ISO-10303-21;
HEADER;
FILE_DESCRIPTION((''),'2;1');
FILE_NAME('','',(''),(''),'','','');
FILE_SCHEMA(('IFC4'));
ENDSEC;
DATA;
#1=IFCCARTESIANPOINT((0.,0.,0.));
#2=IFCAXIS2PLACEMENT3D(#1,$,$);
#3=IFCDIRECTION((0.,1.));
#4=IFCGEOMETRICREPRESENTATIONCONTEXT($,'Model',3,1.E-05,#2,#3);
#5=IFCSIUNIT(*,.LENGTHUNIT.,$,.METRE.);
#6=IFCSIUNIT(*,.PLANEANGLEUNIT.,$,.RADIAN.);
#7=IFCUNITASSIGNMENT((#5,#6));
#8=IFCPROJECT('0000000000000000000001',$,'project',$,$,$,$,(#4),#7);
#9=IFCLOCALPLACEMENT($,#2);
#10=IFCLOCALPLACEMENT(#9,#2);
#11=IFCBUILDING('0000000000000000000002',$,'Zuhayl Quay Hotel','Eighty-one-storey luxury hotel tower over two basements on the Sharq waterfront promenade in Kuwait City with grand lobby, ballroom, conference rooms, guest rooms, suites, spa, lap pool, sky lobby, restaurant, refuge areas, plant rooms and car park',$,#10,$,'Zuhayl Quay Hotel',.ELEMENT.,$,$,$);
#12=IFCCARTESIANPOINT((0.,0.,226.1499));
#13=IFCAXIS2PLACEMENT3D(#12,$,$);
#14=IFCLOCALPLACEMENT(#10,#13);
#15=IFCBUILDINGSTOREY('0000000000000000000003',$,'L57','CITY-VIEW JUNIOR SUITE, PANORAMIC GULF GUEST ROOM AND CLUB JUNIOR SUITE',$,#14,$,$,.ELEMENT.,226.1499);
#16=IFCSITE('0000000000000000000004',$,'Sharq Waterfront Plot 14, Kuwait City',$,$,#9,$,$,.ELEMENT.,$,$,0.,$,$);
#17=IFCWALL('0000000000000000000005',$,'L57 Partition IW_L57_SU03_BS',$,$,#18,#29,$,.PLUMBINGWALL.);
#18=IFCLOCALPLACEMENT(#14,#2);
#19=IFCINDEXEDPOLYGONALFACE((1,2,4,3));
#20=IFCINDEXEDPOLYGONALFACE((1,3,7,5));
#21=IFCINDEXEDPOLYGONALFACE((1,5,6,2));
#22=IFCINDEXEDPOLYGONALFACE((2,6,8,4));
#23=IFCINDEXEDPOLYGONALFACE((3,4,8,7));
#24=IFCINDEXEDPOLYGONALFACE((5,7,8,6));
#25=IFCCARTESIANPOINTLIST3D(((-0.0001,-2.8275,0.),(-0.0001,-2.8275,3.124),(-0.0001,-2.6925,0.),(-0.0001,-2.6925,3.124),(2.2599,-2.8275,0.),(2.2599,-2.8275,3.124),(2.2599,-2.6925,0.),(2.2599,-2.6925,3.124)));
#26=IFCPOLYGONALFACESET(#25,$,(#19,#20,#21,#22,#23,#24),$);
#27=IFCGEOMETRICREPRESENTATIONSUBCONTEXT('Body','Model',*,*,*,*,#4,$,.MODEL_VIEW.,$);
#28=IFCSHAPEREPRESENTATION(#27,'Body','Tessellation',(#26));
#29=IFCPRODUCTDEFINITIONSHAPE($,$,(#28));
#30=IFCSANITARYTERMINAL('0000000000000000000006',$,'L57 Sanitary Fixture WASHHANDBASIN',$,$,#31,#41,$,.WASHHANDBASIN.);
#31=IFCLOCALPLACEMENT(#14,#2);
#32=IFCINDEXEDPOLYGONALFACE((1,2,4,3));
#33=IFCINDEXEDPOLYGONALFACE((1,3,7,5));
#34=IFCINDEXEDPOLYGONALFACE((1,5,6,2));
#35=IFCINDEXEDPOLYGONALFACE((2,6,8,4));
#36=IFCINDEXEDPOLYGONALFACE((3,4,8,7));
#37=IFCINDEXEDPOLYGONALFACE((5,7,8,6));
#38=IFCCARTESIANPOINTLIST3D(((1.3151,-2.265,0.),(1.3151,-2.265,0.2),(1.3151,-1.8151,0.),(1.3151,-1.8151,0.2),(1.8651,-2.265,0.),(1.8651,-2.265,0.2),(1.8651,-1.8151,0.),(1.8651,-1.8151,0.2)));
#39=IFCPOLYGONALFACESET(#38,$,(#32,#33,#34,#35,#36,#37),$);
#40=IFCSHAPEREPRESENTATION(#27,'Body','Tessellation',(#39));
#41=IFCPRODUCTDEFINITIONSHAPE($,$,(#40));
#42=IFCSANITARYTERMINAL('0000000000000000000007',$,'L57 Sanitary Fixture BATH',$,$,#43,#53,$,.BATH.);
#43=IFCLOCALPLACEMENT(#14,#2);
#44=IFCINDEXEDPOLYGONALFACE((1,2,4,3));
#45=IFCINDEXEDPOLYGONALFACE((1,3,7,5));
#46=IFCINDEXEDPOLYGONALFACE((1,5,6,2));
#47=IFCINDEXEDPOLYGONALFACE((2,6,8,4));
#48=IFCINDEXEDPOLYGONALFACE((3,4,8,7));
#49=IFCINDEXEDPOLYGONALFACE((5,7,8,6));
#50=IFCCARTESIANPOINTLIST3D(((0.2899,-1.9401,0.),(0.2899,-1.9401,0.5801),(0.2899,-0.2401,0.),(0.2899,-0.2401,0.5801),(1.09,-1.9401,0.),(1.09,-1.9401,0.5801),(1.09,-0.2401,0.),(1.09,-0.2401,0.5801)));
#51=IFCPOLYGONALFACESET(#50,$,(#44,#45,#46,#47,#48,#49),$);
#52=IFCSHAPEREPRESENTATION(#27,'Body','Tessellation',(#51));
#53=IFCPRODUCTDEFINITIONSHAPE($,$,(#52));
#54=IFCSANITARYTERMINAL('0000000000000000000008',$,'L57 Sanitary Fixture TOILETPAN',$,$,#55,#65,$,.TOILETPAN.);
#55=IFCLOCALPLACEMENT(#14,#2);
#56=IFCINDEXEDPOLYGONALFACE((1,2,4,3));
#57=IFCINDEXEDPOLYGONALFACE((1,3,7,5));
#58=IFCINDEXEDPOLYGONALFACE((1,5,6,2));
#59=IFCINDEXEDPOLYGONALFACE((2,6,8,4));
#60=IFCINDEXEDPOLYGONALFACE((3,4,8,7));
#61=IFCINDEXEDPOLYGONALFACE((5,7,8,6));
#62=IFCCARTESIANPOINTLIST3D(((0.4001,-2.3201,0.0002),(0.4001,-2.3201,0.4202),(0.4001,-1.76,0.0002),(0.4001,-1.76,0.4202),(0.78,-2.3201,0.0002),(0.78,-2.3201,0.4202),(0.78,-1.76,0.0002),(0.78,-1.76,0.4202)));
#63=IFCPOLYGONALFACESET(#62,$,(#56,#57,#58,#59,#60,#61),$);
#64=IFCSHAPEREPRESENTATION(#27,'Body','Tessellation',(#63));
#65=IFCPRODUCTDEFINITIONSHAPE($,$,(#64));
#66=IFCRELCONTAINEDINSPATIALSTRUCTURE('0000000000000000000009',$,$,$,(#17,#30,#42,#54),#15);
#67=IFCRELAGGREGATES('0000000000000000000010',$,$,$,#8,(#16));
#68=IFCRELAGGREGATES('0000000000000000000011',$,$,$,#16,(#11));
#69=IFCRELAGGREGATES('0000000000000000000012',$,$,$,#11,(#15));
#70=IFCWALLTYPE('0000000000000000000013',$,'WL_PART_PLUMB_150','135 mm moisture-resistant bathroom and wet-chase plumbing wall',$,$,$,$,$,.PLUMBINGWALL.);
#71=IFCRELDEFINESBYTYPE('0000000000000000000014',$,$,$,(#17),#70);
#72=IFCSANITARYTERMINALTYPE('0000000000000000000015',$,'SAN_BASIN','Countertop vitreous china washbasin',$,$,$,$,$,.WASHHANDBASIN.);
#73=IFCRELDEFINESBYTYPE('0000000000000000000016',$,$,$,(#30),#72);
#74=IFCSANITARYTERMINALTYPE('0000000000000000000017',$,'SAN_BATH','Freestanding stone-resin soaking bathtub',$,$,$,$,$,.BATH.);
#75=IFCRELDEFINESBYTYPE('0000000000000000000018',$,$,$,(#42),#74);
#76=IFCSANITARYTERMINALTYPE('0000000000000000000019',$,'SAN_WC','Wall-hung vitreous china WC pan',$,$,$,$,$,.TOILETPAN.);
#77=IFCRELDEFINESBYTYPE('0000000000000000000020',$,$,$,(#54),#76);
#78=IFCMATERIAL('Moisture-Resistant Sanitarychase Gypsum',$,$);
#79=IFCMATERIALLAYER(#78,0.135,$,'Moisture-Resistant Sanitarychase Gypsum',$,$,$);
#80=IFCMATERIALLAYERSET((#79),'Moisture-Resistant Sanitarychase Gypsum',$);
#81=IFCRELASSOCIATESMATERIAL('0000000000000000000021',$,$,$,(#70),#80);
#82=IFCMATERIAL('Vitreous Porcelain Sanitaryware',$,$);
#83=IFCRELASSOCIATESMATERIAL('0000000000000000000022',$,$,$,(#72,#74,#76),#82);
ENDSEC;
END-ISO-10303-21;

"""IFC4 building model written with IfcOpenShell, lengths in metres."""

from ifc_helpers import new_model, si_unit, direction, frame, frame_2d, origin, origin_2d, place, context, subcontext, project, spatial, rectangle, extrude, material, layer, layer_set, type_object, element, save


model = new_model("IFC4")

# Units and contexts
model_context = context("Model", 3, precision=1e-05, world=origin(), true_north=direction((0.0, 1.0)))
body_context = subcontext(model_context, "Body", "Model", "MODEL_VIEW")
ifc_project = project(units=[si_unit("LENGTHUNIT", "METRE"), si_unit("PLANEANGLEUNIT", "RADIAN")], contexts=[model_context])

# Site, building, storey
site_placement = place(None, origin())
site = spatial("IfcSite", under=ifc_project, at=site_placement, Name="Sharq Waterfront Plot 14, Kuwait City", CompositionType="ELEMENT", RefElevation=0.0)
building_placement = place(site_placement, origin())
building = spatial("IfcBuilding", under=site, at=building_placement, Name="Zuhayl Quay Hotel", Description="Eighty-one-storey luxury hotel tower over two basements on the Sharq waterfront promenade in Kuwait City with grand lobby, ballroom, conference rooms, guest rooms, suites, spa, lap pool, sky lobby, restaurant, refuge areas, plant rooms and car park", LongName="Zuhayl Quay Hotel", CompositionType="ELEMENT")
storey_placement = place(building_placement, frame((0.0, 0.0, 226.1499)))
storey = spatial("IfcBuildingStorey", under=building, at=storey_placement, Name="L57", Description="CITY-VIEW JUNIOR SUITE, PANORAMIC GULF GUEST ROOM AND CLUB JUNIOR SUITE", CompositionType="ELEMENT", Elevation=226.1499)

# Shared definitions
ifc_material_1 = material(Name="Moisture-Resistant Sanitarychase Gypsum")
ifc_layer_1 = layer(ifc_material_1, 0.135, Name="Moisture-Resistant Sanitarychase Gypsum")
ifc_layer_set_1 = layer_set([ifc_layer_1], Name="Moisture-Resistant Sanitarychase Gypsum")
wall_type_1 = type_object("IfcWallType", Name="WL_PART_PLUMB_150", Description="135 mm moisture-resistant bathroom and wet-chase plumbing wall", PredefinedType="PLUMBINGWALL", material=ifc_layer_set_1)

# Wall
wall_1_placement = place(storey_placement, frame((0.0, -2.76, 0.0), z_axis=(0.0, 0.0, 1.0), x_axis=(1.0, 0.0, 0.0)))
element("IfcWall", 1, at=wall_1_placement, inside=storey, type_object=wall_type_1, Name="L57 Partition IW_L57_SU03_BS", PredefinedType="PLUMBINGWALL", context=body_context, shape_type="SweptSolid", body=[
    extrude(rectangle(XDim=2.26, YDim=0.135, at=frame_2d((1.1299, 0.0))), origin(), (0.0, 0.0, 1.0), 3.124),
])

# Sanitary terminals
ifc_material_2 = material(Name="Vitreous Porcelain Sanitaryware")
sanitary_terminal_type_1 = type_object("IfcSanitaryTerminalType", Name="SAN_BASIN", Description="Countertop vitreous china washbasin", PredefinedType="WASHHANDBASIN", material=ifc_material_2)
sanitary_terminal_1_placement = place(storey_placement, frame((1.5901, -2.04, 0.0), z_axis=(0.0, 0.0, 1.0), x_axis=(1.0, 0.0, 0.0)))
element("IfcSanitaryTerminal", 2, at=sanitary_terminal_1_placement, inside=storey, type_object=sanitary_terminal_type_1, Name="L57 Sanitary Fixture WASHHANDBASIN", PredefinedType="WASHHANDBASIN", context=body_context, shape_type="SweptSolid", body=[
    extrude(rectangle(XDim=0.55, YDim=0.45, at=origin_2d()), origin(), (0.0, 0.0, 1.0), 0.2),
])
sanitary_terminal_type_2 = type_object("IfcSanitaryTerminalType", Name="SAN_BATH", Description="Freestanding stone-resin soaking bathtub", PredefinedType="BATH", material=ifc_material_2)
sanitary_terminal_2_placement = place(storey_placement, frame((0.6899, -1.0901, 0.0), z_axis=(0.0, 0.0, 1.0), x_axis=(1.0, 0.0, 0.0)))
element("IfcSanitaryTerminal", 3, at=sanitary_terminal_2_placement, inside=storey, type_object=sanitary_terminal_type_2, Name="L57 Sanitary Fixture BATH", PredefinedType="BATH", context=body_context, shape_type="SweptSolid", body=[
    extrude(rectangle(XDim=0.8, YDim=1.7, at=origin_2d()), origin(), (0.0, 0.0, 1.0), 0.5801),
])
sanitary_terminal_type_3 = type_object("IfcSanitaryTerminalType", Name="SAN_WC", Description="Wall-hung vitreous china WC pan", PredefinedType="TOILETPAN", material=ifc_material_2)
sanitary_terminal_3_placement = place(storey_placement, frame((0.5901, -2.04, 0.0002), z_axis=(0.0, 0.0, 1.0), x_axis=(1.0, 0.0, 0.0)))
element("IfcSanitaryTerminal", 4, at=sanitary_terminal_3_placement, inside=storey, type_object=sanitary_terminal_type_3, Name="L57 Sanitary Fixture TOILETPAN", PredefinedType="TOILETPAN", context=body_context, shape_type="SweptSolid", body=[
    extrude(rectangle(XDim=0.3799, YDim=0.5601, at=origin_2d()), origin(), (0.0, 0.0, 1.0), 0.4199),
])

save(model, "model.ifc")
